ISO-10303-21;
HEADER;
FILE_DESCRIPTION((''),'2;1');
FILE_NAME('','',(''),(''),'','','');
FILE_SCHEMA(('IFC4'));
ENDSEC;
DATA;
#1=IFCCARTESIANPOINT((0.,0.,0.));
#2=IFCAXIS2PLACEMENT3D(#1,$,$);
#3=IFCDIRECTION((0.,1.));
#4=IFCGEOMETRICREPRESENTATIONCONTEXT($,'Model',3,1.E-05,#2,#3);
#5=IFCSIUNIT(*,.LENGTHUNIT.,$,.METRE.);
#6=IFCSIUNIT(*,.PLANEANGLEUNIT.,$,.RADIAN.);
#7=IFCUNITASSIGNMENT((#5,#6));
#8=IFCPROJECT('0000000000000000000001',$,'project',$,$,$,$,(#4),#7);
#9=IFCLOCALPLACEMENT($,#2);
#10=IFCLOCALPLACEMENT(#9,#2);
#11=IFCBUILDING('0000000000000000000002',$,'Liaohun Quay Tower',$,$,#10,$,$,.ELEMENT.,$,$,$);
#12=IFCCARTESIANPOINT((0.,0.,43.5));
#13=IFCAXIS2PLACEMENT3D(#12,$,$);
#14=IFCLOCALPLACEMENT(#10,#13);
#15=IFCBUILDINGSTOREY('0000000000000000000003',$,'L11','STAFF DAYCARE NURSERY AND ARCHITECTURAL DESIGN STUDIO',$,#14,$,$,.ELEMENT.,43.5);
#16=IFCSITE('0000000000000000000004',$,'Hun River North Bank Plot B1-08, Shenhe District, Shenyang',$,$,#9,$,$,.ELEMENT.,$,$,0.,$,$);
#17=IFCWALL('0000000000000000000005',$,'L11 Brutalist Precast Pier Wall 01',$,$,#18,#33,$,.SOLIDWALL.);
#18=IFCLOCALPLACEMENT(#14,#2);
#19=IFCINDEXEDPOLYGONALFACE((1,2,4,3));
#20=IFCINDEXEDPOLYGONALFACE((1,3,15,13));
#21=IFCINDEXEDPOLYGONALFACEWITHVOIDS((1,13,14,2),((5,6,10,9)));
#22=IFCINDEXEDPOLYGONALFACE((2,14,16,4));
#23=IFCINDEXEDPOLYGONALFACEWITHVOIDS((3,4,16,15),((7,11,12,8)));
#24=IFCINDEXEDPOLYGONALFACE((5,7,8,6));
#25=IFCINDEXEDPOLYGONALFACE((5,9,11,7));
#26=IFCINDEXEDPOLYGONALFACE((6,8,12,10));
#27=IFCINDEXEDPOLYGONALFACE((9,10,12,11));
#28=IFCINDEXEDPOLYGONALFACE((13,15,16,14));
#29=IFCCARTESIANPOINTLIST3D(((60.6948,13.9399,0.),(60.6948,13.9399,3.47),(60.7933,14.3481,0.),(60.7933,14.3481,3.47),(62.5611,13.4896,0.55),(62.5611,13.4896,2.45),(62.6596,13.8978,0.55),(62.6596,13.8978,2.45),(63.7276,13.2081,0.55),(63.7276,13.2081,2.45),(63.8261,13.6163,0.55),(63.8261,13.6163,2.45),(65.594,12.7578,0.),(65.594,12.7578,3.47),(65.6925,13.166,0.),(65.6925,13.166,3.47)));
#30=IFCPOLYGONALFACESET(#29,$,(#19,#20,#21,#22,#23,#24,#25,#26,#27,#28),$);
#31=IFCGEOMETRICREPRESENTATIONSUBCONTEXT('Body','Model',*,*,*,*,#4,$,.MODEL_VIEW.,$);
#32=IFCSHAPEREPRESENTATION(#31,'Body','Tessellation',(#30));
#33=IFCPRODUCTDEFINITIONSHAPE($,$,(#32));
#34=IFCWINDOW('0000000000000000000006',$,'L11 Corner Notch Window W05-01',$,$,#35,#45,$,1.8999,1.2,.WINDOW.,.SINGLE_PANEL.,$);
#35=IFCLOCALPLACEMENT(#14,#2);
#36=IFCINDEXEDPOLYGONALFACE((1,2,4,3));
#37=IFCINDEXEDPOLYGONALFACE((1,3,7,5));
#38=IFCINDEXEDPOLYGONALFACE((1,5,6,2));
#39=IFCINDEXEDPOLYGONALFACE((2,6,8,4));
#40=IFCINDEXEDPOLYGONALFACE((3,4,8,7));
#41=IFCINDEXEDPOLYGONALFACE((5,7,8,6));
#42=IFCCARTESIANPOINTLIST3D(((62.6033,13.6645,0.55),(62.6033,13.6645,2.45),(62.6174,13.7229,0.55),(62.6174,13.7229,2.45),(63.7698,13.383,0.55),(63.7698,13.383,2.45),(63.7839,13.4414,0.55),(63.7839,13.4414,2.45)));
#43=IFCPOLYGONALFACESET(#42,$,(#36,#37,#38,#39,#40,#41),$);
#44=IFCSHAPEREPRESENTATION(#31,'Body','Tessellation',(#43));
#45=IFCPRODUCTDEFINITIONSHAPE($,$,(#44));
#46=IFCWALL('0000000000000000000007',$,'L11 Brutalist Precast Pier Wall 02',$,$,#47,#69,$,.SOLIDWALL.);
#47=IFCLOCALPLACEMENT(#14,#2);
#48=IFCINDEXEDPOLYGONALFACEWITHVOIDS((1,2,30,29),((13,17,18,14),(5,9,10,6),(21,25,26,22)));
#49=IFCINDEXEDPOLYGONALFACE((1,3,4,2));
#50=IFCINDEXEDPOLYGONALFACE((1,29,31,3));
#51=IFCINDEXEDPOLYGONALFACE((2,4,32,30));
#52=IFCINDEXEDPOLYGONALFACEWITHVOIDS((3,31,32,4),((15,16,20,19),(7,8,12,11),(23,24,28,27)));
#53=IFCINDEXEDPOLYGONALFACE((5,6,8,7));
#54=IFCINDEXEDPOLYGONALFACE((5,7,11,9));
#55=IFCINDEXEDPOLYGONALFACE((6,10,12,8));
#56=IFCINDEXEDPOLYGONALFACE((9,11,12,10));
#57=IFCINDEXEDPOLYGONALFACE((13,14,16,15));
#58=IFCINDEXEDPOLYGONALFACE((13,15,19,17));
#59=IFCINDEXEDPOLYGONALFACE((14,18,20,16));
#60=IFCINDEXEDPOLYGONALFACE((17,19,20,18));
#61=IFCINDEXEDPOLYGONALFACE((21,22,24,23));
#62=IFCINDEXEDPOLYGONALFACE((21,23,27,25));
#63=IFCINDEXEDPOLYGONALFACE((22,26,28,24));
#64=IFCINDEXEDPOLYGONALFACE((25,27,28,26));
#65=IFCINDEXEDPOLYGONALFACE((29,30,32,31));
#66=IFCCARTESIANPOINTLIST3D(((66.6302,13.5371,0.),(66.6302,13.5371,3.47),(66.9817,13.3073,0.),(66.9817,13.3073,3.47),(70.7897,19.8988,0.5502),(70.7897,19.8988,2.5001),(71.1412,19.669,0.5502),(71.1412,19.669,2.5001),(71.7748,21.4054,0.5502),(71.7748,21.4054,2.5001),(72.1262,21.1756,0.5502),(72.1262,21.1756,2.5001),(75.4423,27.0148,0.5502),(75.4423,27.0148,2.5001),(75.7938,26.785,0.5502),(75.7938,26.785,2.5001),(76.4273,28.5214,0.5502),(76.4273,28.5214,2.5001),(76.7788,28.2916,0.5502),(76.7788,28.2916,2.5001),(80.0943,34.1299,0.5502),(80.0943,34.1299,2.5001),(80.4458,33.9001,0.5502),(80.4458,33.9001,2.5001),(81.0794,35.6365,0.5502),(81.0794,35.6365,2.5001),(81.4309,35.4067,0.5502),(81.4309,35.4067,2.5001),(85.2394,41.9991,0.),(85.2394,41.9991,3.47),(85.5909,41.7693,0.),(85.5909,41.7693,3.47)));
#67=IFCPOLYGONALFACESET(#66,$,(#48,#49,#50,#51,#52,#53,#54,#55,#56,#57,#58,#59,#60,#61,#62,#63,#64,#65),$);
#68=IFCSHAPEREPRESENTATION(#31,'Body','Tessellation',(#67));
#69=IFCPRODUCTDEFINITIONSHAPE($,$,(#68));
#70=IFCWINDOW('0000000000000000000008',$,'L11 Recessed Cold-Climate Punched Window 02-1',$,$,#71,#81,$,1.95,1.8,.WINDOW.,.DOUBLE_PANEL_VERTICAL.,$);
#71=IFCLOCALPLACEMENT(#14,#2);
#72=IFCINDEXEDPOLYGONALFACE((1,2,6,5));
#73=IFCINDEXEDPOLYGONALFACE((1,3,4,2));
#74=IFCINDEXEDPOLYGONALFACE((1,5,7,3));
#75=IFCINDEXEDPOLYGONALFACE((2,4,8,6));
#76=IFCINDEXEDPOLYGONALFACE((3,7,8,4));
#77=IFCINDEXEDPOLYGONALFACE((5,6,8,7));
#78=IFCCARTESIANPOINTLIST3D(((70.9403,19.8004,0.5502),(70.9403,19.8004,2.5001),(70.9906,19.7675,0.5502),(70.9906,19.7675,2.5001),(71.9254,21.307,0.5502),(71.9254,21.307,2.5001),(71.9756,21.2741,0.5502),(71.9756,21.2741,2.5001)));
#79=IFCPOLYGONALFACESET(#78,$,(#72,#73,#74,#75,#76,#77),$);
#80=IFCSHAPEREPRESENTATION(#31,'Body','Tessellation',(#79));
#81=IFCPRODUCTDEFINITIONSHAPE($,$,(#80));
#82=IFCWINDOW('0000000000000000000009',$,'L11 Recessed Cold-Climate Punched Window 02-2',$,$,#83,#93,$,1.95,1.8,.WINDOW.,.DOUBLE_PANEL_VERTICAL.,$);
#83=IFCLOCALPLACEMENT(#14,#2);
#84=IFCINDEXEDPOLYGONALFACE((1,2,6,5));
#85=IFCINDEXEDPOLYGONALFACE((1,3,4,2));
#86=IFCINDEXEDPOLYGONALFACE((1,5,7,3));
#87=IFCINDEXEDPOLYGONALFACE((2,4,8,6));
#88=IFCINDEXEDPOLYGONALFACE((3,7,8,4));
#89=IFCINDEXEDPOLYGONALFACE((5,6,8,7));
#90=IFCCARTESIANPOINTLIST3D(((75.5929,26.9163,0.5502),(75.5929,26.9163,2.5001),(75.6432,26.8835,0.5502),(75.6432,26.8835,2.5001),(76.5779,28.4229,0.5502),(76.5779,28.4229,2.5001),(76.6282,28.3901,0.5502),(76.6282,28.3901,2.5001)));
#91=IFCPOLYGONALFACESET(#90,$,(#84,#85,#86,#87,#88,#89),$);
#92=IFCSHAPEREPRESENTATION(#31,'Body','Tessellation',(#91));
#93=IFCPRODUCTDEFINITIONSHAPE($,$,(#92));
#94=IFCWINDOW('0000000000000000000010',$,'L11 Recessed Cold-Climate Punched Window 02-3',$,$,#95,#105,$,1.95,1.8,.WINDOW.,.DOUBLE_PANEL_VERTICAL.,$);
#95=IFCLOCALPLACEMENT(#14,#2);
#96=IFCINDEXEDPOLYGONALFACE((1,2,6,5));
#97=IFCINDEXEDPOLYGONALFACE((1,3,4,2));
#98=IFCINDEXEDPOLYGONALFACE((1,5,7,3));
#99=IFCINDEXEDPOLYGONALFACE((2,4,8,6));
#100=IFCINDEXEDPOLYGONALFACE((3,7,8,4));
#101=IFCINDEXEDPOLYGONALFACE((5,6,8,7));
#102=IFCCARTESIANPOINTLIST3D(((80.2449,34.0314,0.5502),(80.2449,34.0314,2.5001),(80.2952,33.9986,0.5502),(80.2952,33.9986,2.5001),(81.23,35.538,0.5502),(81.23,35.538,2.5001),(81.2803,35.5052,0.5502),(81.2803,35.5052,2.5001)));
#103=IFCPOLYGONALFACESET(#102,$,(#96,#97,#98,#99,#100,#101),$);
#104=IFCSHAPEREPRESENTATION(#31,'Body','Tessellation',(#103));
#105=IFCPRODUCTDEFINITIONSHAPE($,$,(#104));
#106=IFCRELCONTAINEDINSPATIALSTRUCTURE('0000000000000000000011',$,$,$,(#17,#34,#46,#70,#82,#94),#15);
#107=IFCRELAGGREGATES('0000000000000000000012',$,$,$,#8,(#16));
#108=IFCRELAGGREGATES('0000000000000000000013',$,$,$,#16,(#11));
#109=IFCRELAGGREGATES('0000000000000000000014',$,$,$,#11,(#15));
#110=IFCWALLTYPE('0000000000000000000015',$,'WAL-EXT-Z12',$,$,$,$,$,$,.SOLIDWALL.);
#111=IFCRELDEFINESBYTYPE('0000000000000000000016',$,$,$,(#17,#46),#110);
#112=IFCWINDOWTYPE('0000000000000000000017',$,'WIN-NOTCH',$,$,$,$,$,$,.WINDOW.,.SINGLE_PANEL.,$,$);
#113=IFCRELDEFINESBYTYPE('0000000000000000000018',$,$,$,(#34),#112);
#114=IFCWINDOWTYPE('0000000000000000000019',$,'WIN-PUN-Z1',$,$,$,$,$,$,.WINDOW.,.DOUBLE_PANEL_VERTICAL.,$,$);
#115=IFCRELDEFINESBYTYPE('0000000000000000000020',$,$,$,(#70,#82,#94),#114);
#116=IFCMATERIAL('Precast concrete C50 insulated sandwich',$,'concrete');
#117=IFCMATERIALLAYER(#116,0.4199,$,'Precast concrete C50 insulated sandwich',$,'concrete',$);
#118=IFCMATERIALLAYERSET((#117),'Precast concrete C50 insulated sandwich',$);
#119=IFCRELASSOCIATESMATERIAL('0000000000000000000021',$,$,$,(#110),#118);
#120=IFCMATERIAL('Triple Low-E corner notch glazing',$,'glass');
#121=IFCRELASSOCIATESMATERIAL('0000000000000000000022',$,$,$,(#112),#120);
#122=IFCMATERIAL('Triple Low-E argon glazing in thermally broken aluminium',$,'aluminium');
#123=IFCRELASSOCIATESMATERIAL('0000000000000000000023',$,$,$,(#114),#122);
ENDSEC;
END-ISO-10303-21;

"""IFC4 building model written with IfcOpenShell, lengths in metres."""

from ifc_helpers import new_model, si_unit, direction, frame, frame_2d, origin, place, context, subcontext, project, spatial, rectangle, extrude, source, transform, mapped, material, layer, layer_set, type_object, element, fill, save


model = new_model("IFC4")

# Units and contexts
model_context = context("Model", 3, precision=1e-05, world=origin(), true_north=direction((0.0, 1.0)))
body_context = subcontext(model_context, "Body", "Model", "MODEL_VIEW")
ifc_project = project(units=[si_unit("LENGTHUNIT", "METRE"), si_unit("PLANEANGLEUNIT", "RADIAN")], contexts=[model_context])

# Site, building, storey
site_placement = place(None, origin())
site = spatial("IfcSite", under=ifc_project, at=site_placement, Name="Hun River North Bank Plot B1-08, Shenhe District, Shenyang", CompositionType="ELEMENT", RefElevation=0.0)
building_placement = place(site_placement, origin())
building = spatial("IfcBuilding", under=site, at=building_placement, Name="Liaohun Quay Tower", CompositionType="ELEMENT")
storey_placement = place(building_placement, frame((0.0, 0.0, 43.5)))
storey = spatial("IfcBuildingStorey", under=building, at=storey_placement, Name="L11", Description="STAFF DAYCARE NURSERY AND ARCHITECTURAL DESIGN STUDIO", CompositionType="ELEMENT", Elevation=43.5)

# Wall, opening, window
ifc_material_1 = material(Name="Precast concrete C50 insulated sandwich", Category="concrete")
ifc_layer_1 = layer(ifc_material_1, 0.4199, Name="Precast concrete C50 insulated sandwich", Category="concrete")
ifc_layer_set_1 = layer_set([ifc_layer_1], Name="Precast concrete C50 insulated sandwich")
wall_type_1 = type_object("IfcWallType", Name="WAL-EXT-Z12", PredefinedType="SOLIDWALL", material=ifc_layer_set_1)
wall_1_placement = place(storey_placement, frame((60.7439, 14.144, 0.0), z_axis=(0.0, 0.0, 1.0), x_axis=(0.972102, -0.23456, 0.0)))
wall_1 = element("IfcWall", 1, at=wall_1_placement, inside=storey, type_object=wall_type_1, Name="L11 Brutalist Precast Pier Wall 01", PredefinedType="SOLIDWALL", context=body_context, shape_type="SweptSolid", body=[
    extrude(rectangle(XDim=5.0398, YDim=0.4199, at=frame_2d((2.52, 0.0))), origin(), (0.0, 0.0, 1.0), 3.47),
])
shared_shape_1 = source(origin(), body_context, "Body", "SweptSolid", [
    extrude(rectangle(XDim=1.2, YDim=1.8999, at=frame_2d((0.6001, 0.95))), frame((0.0, 0.22, 0.0), z_axis=(0.0, -1.0, 0.0), x_axis=(1.0, 0.0, 0.0)), (0.0, 0.0, 1.0), 0.4399),
])
opening_1_placement = place(wall_1_placement, frame((1.9199, 0.0, 0.55)))
opening_1 = element("IfcOpeningElement", 2, at=opening_1_placement, cuts=wall_1, PredefinedType="OPENING", context=body_context, shape_type="MappedRepresentation", body=[
    mapped(shared_shape_1, transform((0.0, 0.0, 0.0), x_axis=(1.0, 0.0, 0.0), y_axis=(0.0, 1.0, 0.0), z_axis=(0.0, 0.0, 1.0), scale=1.0)),
])
ifc_material_2 = material(Name="Triple Low-E corner notch glazing", Category="glass")
window_type_1 = type_object("IfcWindowType", Name="WIN-NOTCH", PartitioningType="SINGLE_PANEL", PredefinedType="WINDOW", material=ifc_material_2)
shared_shape_2 = source(origin(), body_context, "Body", "SweptSolid", [
    extrude(rectangle(XDim=1.2, YDim=1.8999, at=frame_2d((0.6001, 0.95))), frame((0.0, 0.03, 0.0), z_axis=(0.0, -1.0, 0.0), x_axis=(1.0, 0.0, 0.0)), (0.0, 0.0, 1.0), 0.0601),
])
window_1_placement = place(opening_1_placement, origin())
window_1 = element("IfcWindow", 3, at=window_1_placement, inside=storey, type_object=window_type_1, Name="L11 Corner Notch Window W05-01", OverallHeight=1.8999, OverallWidth=1.2, PartitioningType="SINGLE_PANEL", PredefinedType="WINDOW", context=body_context, shape_type="MappedRepresentation", body=[
    mapped(shared_shape_2, transform((0.0, 0.0, 0.0), x_axis=(1.0, 0.0, 0.0), y_axis=(0.0, 1.0, 0.0), z_axis=(0.0, 0.0, 1.0), scale=1.0)),
])
fill(opening_1, window_1)

# Wall, openings, windows
wall_2_placement = place(storey_placement, frame((66.8059, 13.4221, 0.0), z_axis=(0.0, 0.0, 1.0), x_axis=(0.547237, 0.836977, 0.0)))
wall_2 = element("IfcWall", 4, at=wall_2_placement, inside=storey, type_object=wall_type_1, Name="L11 Brutalist Precast Pier Wall 02", PredefinedType="SOLIDWALL", context=body_context, shape_type="SweptSolid", body=[
    extrude(rectangle(XDim=34.0056, YDim=0.4199, at=frame_2d((17.0029, 0.0))), origin(), (0.0, 0.0, 1.0), 3.47),
])
shared_shape_3 = source(origin(), body_context, "Body", "SweptSolid", [
    extrude(rectangle(XDim=1.8, YDim=1.95, at=frame_2d((0.8999, 0.9751))), frame((0.0, 0.22, 0.0), z_axis=(0.0, -1.0, 0.0), x_axis=(1.0, 0.0, 0.0)), (0.0, 0.0, 1.0), 0.4399),
])
opening_2_placement = place(wall_2_placement, frame((7.6011, 0.0, 0.55)))
opening_2 = element("IfcOpeningElement", 5, at=opening_2_placement, cuts=wall_2, PredefinedType="OPENING", context=body_context, shape_type="MappedRepresentation", body=[
    mapped(shared_shape_3, transform((0.0, 0.0, 0.0), x_axis=(1.0, 0.0, 0.0), y_axis=(0.0, 1.0, 0.0), z_axis=(0.0, 0.0, 1.0), scale=1.0)),
])
opening_3_placement = place(wall_2_placement, frame((16.103, 0.0, 0.55)))
opening_3 = element("IfcOpeningElement", 6, at=opening_3_placement, cuts=wall_2, PredefinedType="OPENING", context=body_context, shape_type="MappedRepresentation", body=[
    mapped(shared_shape_3, transform((0.0, 0.0, 0.0), x_axis=(1.0, 0.0, 0.0), y_axis=(0.0, 1.0, 0.0), z_axis=(0.0, 0.0, 1.0), scale=1.0)),
])
opening_4_placement = place(wall_2_placement, frame((24.604, 0.0, 0.55)))
opening_4 = element("IfcOpeningElement", 7, at=opening_4_placement, cuts=wall_2, PredefinedType="OPENING", context=body_context, shape_type="MappedRepresentation", body=[
    mapped(shared_shape_3, transform((0.0, 0.0, 0.0), x_axis=(1.0, 0.0, 0.0), y_axis=(0.0, 1.0, 0.0), z_axis=(0.0, 0.0, 1.0), scale=1.0)),
])
ifc_material_3 = material(Name="Triple Low-E argon glazing in thermally broken aluminium", Category="aluminium")
window_type_2 = type_object("IfcWindowType", Name="WIN-PUN-Z1", PartitioningType="DOUBLE_PANEL_VERTICAL", PredefinedType="WINDOW", material=ifc_material_3)
shared_shape_4 = source(origin(), body_context, "Body", "SweptSolid", [
    extrude(rectangle(XDim=1.8, YDim=1.95, at=frame_2d((0.8999, 0.9751))), frame((0.0, 0.03, 0.0), z_axis=(0.0, -1.0, 0.0), x_axis=(1.0, 0.0, 0.0)), (0.0, 0.0, 1.0), 0.0601),
])
window_2_placement = place(opening_2_placement, origin())
window_2 = element("IfcWindow", 8, at=window_2_placement, inside=storey, type_object=window_type_2, Name="L11 Recessed Cold-Climate Punched Window 02-1", OverallHeight=1.95, OverallWidth=1.8, PartitioningType="DOUBLE_PANEL_VERTICAL", PredefinedType="WINDOW", context=body_context, shape_type="MappedRepresentation", body=[
    mapped(shared_shape_4, transform((0.0, 0.0, 0.0), x_axis=(1.0, 0.0, 0.0), y_axis=(0.0, 1.0, 0.0), z_axis=(0.0, 0.0, 1.0), scale=1.0)),
])
fill(opening_2, window_2)
window_3_placement = place(opening_3_placement, origin())
window_3 = element("IfcWindow", 9, at=window_3_placement, inside=storey, type_object=window_type_2, Name="L11 Recessed Cold-Climate Punched Window 02-2", OverallHeight=1.95, OverallWidth=1.8, PartitioningType="DOUBLE_PANEL_VERTICAL", PredefinedType="WINDOW", context=body_context, shape_type="MappedRepresentation", body=[
    mapped(shared_shape_4, transform((0.0, 0.0, 0.0), x_axis=(1.0, 0.0, 0.0), y_axis=(0.0, 1.0, 0.0), z_axis=(0.0, 0.0, 1.0), scale=1.0)),
])
fill(opening_3, window_3)
window_4_placement = place(opening_4_placement, origin())
window_4 = element("IfcWindow", 10, at=window_4_placement, inside=storey, type_object=window_type_2, Name="L11 Recessed Cold-Climate Punched Window 02-3", OverallHeight=1.95, OverallWidth=1.8, PartitioningType="DOUBLE_PANEL_VERTICAL", PredefinedType="WINDOW", context=body_context, shape_type="MappedRepresentation", body=[
    mapped(shared_shape_4, transform((0.0, 0.0, 0.0), x_axis=(1.0, 0.0, 0.0), y_axis=(0.0, 1.0, 0.0), z_axis=(0.0, 0.0, 1.0), scale=1.0)),
])
fill(opening_4, window_4)

save(model, "model.ifc")
